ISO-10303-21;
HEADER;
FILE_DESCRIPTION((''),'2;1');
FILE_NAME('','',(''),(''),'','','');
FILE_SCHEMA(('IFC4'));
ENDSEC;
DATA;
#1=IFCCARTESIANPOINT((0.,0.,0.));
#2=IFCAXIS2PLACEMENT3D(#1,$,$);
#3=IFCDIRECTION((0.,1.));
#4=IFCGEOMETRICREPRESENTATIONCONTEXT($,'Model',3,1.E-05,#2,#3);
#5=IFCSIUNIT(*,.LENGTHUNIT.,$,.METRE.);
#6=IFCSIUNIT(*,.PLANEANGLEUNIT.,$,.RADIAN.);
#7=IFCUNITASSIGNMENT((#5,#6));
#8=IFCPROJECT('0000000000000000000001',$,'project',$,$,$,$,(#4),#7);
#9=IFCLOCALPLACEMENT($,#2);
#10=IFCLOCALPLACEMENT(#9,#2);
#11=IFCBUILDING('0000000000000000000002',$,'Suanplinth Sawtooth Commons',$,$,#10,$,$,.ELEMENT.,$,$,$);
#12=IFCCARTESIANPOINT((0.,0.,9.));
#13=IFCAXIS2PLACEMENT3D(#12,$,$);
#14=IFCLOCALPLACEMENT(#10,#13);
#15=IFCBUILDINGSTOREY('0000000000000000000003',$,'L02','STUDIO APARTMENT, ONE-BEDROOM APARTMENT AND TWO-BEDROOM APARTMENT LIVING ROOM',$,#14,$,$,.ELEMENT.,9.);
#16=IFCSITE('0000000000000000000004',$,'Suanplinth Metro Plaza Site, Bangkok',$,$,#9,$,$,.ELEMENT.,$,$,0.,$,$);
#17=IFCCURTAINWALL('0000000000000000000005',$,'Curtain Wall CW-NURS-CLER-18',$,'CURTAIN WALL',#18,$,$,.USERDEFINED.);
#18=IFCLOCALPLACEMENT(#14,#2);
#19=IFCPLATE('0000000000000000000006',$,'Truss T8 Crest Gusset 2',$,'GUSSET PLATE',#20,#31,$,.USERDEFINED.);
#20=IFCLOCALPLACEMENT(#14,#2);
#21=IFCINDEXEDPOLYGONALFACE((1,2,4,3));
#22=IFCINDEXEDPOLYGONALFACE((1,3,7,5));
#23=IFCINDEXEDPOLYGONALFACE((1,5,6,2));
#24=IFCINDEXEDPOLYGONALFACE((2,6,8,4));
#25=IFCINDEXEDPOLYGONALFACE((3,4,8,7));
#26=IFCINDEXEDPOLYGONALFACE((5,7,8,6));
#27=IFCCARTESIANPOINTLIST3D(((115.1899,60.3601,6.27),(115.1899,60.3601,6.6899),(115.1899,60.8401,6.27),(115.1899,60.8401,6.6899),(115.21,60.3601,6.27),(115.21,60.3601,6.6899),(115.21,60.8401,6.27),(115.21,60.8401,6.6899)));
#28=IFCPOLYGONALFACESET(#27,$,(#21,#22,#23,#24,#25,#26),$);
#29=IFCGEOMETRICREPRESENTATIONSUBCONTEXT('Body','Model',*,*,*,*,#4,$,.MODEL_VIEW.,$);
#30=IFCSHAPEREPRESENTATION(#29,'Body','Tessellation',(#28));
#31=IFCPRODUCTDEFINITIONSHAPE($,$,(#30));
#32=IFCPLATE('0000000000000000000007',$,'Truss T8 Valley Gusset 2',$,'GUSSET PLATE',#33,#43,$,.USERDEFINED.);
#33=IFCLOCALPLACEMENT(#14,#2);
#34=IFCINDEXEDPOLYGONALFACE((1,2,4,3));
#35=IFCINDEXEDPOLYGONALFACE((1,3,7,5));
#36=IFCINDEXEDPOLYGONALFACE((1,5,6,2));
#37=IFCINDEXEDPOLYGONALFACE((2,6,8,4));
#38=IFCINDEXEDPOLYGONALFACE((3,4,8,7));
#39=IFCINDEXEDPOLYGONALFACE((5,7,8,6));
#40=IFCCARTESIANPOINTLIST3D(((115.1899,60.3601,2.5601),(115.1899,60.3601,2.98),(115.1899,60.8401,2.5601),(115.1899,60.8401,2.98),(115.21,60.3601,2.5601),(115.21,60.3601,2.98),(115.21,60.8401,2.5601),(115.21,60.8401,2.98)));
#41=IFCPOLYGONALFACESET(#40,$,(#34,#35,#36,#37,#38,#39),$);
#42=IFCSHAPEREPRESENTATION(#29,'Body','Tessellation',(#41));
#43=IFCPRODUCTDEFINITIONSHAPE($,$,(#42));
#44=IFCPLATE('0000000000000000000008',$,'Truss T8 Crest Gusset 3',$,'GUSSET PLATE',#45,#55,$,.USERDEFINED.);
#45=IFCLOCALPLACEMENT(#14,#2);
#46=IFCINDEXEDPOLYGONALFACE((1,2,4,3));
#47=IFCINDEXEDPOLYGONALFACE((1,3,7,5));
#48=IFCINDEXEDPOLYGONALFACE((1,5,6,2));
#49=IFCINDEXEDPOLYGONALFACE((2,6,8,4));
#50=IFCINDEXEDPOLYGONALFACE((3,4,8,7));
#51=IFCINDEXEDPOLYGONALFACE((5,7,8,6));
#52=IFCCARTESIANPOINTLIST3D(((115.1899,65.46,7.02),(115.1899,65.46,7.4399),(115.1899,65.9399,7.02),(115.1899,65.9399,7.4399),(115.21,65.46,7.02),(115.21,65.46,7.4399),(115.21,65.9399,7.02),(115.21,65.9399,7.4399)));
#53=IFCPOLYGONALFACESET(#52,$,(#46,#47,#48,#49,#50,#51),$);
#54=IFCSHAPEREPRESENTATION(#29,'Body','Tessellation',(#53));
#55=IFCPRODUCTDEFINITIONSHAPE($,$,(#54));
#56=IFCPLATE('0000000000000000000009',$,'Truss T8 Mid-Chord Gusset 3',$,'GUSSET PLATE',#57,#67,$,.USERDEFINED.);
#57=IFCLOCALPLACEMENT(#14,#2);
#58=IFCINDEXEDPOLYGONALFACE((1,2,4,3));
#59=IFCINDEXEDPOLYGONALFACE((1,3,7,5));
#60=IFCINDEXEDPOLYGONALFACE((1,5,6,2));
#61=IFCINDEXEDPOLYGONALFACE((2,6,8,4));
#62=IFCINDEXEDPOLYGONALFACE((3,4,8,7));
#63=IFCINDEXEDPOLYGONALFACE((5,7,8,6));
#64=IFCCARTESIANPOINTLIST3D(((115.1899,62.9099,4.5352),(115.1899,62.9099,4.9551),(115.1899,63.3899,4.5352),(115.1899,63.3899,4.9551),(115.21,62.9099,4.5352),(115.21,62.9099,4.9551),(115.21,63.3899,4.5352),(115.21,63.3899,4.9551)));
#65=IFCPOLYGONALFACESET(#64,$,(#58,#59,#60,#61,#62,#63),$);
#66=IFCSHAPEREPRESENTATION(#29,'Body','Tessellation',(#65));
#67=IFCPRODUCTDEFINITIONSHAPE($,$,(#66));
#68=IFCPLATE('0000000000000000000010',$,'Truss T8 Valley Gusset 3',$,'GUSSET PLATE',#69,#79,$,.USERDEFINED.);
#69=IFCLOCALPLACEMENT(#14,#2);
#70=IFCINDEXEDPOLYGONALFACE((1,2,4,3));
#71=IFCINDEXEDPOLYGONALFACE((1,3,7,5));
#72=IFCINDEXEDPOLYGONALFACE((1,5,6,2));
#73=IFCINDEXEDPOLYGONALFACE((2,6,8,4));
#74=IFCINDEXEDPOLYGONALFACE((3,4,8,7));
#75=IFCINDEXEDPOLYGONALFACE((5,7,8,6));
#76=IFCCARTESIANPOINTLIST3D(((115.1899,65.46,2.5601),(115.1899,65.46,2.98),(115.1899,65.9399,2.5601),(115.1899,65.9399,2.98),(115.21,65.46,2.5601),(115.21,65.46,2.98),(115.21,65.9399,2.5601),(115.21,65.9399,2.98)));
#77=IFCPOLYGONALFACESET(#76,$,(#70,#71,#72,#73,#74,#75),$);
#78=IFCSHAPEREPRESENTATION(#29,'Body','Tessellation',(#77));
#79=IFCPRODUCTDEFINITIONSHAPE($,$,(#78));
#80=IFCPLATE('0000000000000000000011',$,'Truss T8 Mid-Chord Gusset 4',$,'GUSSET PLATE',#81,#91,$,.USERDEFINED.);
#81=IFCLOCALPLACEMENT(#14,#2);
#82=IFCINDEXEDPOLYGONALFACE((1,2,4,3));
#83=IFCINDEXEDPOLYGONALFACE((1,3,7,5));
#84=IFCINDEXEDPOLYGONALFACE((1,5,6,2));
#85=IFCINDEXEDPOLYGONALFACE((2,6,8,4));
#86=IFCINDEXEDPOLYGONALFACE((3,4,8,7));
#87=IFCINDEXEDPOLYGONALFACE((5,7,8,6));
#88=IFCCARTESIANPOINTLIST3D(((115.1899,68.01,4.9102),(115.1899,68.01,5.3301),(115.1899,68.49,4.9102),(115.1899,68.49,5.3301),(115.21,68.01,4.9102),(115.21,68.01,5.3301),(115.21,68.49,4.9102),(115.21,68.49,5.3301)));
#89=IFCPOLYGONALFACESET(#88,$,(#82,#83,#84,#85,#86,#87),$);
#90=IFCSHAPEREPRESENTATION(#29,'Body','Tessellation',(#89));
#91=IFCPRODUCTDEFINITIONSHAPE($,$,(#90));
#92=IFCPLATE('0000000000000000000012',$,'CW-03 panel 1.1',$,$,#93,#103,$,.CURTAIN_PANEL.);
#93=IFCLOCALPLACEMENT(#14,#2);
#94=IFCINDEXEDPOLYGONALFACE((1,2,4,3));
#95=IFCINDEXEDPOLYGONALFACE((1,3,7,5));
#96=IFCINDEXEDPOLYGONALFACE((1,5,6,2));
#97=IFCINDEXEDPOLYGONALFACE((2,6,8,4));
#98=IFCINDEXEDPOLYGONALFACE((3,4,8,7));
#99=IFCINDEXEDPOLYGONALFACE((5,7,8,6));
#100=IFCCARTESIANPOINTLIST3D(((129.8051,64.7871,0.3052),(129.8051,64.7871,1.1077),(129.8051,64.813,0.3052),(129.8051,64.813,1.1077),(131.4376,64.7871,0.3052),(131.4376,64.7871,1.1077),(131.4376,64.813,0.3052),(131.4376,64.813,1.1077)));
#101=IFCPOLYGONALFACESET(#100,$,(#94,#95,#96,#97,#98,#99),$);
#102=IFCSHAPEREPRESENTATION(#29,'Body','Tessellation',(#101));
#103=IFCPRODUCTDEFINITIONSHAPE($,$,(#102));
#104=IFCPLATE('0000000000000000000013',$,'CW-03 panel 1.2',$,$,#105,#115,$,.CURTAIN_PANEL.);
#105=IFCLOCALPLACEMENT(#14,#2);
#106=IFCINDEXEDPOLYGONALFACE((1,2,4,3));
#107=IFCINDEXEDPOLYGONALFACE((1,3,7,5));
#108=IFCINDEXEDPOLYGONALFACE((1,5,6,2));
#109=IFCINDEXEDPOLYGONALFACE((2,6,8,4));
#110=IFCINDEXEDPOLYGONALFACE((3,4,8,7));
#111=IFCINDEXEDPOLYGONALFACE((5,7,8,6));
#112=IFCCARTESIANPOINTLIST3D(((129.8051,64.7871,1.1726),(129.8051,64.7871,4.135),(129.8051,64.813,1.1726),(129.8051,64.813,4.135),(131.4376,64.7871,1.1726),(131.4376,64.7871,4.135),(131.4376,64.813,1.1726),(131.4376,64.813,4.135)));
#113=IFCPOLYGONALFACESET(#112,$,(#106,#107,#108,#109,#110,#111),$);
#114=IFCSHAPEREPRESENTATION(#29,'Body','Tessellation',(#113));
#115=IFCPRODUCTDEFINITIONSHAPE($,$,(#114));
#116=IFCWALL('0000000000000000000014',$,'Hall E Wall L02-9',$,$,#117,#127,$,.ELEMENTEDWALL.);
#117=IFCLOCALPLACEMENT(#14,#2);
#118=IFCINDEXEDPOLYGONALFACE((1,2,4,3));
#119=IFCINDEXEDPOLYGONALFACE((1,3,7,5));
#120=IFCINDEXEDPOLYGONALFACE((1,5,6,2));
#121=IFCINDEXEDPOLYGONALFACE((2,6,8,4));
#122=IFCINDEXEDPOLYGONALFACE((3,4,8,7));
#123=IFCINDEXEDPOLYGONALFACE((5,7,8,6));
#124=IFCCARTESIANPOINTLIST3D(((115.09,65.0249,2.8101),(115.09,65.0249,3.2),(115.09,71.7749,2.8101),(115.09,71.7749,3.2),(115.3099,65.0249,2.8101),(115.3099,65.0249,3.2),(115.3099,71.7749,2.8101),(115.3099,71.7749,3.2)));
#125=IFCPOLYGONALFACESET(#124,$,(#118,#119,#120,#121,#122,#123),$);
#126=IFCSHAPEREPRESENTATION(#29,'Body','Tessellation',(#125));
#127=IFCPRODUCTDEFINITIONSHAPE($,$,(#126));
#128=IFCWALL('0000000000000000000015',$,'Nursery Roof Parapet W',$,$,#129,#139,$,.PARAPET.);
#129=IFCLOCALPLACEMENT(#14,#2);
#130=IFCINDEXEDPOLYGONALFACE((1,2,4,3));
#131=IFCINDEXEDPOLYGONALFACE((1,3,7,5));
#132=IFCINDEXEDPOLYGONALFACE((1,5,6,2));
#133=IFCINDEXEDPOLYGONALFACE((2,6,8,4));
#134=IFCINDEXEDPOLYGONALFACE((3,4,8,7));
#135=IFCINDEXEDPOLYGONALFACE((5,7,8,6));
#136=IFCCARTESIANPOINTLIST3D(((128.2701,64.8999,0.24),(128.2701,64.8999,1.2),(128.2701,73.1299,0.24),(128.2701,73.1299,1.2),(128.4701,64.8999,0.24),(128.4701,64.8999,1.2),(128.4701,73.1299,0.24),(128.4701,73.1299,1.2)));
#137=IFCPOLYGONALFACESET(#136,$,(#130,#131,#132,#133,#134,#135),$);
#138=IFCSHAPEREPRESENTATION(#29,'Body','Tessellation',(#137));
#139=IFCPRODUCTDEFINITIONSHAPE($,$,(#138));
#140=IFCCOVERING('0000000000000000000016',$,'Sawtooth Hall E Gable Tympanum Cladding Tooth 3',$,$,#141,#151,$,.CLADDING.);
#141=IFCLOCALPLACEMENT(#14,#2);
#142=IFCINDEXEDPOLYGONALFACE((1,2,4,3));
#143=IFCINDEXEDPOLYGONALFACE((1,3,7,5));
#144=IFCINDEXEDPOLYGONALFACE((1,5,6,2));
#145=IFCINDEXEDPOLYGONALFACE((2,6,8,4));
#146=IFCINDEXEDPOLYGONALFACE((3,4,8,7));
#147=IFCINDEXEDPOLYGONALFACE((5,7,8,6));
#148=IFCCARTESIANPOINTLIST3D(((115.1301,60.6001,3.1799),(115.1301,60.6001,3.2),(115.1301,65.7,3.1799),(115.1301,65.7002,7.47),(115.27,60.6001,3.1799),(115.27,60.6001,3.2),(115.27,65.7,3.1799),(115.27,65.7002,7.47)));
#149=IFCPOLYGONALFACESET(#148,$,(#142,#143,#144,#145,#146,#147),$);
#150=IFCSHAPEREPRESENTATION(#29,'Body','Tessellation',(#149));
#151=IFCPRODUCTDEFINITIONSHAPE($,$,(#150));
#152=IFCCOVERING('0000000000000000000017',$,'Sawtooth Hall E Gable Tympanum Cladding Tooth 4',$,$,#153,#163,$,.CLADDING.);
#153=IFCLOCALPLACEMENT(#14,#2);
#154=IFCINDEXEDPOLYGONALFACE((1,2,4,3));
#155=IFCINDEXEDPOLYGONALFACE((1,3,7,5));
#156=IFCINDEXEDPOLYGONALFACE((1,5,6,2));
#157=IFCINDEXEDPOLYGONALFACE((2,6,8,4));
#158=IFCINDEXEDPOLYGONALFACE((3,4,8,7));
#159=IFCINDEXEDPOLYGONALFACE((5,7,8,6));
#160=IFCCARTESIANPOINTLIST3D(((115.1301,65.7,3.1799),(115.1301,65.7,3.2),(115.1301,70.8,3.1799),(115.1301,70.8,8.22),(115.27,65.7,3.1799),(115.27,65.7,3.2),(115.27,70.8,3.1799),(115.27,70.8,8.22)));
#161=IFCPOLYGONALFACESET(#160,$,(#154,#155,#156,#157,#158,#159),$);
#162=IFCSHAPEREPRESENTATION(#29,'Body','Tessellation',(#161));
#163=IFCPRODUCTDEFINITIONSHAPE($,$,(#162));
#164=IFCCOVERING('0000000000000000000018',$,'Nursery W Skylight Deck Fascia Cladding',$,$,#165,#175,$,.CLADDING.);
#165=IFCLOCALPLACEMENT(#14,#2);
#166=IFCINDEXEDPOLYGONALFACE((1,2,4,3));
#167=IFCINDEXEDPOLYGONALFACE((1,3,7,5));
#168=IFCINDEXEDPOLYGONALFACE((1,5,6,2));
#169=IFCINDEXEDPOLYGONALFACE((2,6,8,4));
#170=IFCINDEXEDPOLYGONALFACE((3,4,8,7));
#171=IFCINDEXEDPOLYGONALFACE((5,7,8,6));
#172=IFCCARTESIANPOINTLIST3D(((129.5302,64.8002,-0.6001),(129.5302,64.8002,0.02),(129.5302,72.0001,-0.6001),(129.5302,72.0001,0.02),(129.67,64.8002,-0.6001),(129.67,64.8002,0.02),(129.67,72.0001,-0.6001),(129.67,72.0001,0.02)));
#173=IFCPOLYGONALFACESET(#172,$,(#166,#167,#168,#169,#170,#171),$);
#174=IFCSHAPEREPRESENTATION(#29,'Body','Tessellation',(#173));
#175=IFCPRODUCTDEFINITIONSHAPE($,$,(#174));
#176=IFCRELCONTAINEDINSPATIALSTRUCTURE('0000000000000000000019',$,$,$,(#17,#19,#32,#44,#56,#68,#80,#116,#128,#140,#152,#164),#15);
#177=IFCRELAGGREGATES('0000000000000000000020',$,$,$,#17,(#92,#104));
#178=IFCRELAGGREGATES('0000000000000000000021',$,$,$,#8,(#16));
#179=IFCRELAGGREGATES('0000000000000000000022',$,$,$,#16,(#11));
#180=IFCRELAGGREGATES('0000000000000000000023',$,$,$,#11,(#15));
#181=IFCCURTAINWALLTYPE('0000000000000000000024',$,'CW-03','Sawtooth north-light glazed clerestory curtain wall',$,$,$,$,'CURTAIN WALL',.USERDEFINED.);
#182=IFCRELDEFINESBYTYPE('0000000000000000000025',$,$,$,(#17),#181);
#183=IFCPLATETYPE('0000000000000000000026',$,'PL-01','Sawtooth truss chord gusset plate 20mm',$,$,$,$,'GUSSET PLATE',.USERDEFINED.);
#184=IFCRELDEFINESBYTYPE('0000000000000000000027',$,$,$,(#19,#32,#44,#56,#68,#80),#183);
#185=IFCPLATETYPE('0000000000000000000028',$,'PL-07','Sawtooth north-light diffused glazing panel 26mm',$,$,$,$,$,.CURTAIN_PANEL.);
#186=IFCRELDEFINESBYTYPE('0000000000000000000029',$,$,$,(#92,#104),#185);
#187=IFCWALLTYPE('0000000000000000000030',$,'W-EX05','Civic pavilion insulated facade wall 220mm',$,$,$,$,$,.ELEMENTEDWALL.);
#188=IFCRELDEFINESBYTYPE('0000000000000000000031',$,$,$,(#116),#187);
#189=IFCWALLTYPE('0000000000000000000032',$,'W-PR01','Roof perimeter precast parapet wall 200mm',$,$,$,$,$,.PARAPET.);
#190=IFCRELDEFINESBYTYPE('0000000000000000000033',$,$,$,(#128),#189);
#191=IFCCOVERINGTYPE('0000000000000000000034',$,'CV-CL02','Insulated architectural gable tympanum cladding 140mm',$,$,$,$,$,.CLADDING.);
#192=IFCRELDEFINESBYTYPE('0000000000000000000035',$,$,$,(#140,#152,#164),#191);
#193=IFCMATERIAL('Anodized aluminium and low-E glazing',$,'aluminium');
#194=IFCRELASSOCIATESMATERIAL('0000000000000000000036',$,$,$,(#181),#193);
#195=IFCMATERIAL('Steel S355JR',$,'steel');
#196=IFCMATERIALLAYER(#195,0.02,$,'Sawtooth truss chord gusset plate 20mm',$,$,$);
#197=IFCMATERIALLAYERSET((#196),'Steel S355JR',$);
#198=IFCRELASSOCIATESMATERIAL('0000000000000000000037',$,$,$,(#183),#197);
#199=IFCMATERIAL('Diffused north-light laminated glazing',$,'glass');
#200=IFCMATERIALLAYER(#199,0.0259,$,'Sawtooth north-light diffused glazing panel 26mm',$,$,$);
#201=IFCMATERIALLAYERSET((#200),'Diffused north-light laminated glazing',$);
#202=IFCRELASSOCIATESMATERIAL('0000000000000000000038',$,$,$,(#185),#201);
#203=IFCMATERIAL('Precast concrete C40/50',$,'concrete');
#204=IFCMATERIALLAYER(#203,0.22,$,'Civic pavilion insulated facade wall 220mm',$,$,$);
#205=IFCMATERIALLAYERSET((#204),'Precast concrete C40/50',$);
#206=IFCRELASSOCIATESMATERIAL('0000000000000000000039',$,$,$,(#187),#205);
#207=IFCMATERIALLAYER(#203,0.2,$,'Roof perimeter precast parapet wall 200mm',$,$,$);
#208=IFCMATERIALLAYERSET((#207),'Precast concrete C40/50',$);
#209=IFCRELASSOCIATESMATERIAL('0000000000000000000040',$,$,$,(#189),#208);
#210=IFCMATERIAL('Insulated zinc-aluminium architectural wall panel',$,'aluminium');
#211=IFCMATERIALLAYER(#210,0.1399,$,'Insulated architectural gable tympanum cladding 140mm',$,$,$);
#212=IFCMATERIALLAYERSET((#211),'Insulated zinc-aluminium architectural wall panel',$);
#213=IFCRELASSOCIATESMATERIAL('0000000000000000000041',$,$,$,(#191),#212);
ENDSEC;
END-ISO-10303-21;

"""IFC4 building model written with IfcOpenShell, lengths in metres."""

from ifc_helpers import new_model, si_unit, direction, frame, frame_2d, origin, origin_2d, place, context, subcontext, project, spatial, polyline, rectangle, outline, extrude, material, layer, layer_set, type_object, element, aggregate, save


model = new_model("IFC4")

# Units and contexts
model_context = context("Model", 3, precision=1e-05, world=origin(), true_north=direction((0.0, 1.0)))
body_context = subcontext(model_context, "Body", "Model", "MODEL_VIEW")
ifc_project = project(units=[si_unit("LENGTHUNIT", "METRE"), si_unit("PLANEANGLEUNIT", "RADIAN")], contexts=[model_context])

# Site, building, storey
site_placement = place(None, origin())
site = spatial("IfcSite", under=ifc_project, at=site_placement, Name="Suanplinth Metro Plaza Site, Bangkok", CompositionType="ELEMENT", RefElevation=0.0)
building_placement = place(site_placement, origin())
building = spatial("IfcBuilding", under=site, at=building_placement, Name="Suanplinth Sawtooth Commons", CompositionType="ELEMENT")
storey_placement = place(building_placement, frame((0.0, 0.0, 9.0)))
storey = spatial("IfcBuildingStorey", under=building, at=storey_placement, Name="L02", Description="STUDIO APARTMENT, ONE-BEDROOM APARTMENT AND TWO-BEDROOM APARTMENT LIVING ROOM", CompositionType="ELEMENT", Elevation=9.0)

# Shared definitions
ifc_material_1 = material(Name="Steel S355JR", Category="steel")

# Curtain wall
ifc_material_2 = material(Name="Anodized aluminium and low-E glazing", Category="aluminium")
curtain_wall_type = type_object("IfcCurtainWallType", Name="CW-03", Description="Sawtooth north-light glazed clerestory curtain wall", ElementType="CURTAIN WALL", PredefinedType="USERDEFINED", material=ifc_material_2)
curtain_wall_placement = place(storey_placement, origin())
curtain_wall = element("IfcCurtainWall", 1, at=curtain_wall_placement, inside=storey, type_object=curtain_wall_type, Name="Curtain Wall CW-NURS-CLER-18", ObjectType="CURTAIN WALL", PredefinedType="USERDEFINED")

# Plates
ifc_layer_1 = layer(ifc_material_1, 0.02, Name="Sawtooth truss chord gusset plate 20mm")
ifc_layer_set_1 = layer_set([ifc_layer_1], Name="Steel S355JR")
plate_type_1 = type_object("IfcPlateType", Name="PL-01", Description="Sawtooth truss chord gusset plate 20mm", ElementType="GUSSET PLATE", PredefinedType="USERDEFINED", material=ifc_layer_set_1)
for number, where, z_axis, x_axis, name in (
    (2, (115.2, 60.6001, 6.27), (0.0, 0.0, 1.0), (1.0, 0.0, 0.0), "Truss T8 Crest Gusset 2"),
    (3, (115.2, 60.6001, 2.5601), (0.0, 0.0, 1.0), (1.0, 0.0, 0.0), "Truss T8 Valley Gusset 2"),
    (4, (115.2, 65.7, 7.02), (0.0, 0.0, 1.0), (1.0, 0.0, 0.0), "Truss T8 Crest Gusset 3"),
    (5, (115.2, 63.1499, 4.5352), (0.0, 0.0, 1.0), (1.0, 0.0, 0.0), "Truss T8 Mid-Chord Gusset 3"),
    (6, (115.2, 65.7, 2.5601), (0.0, 0.0, 1.0), (1.0, 0.0, 0.0), "Truss T8 Valley Gusset 3"),
    (7, (115.2, 68.25, 4.9102), (0.0, 0.0, 1.0), (1.0, 0.0, 0.0), "Truss T8 Mid-Chord Gusset 4"),
):
    element("IfcPlate", number, at=place(storey_placement, frame(where, z_axis=z_axis, x_axis=x_axis)), inside=storey, type_object=plate_type_1, Name=name, ObjectType="GUSSET PLATE", PredefinedType="USERDEFINED", context=body_context, shape_type="SweptSolid", body=[
        extrude(rectangle(XDim=0.02, YDim=0.48, at=origin_2d()), origin(), (0.0, 0.0, 1.0), 0.4199),
    ])

# Plates
ifc_material_3 = material(Name="Diffused north-light laminated glazing", Category="glass")
ifc_layer_2 = layer(ifc_material_3, 0.0259, Name="Sawtooth north-light diffused glazing panel 26mm")
ifc_layer_set_2 = layer_set([ifc_layer_2], Name="Diffused north-light laminated glazing")
plate_type_2 = type_object("IfcPlateType", Name="PL-07", Description="Sawtooth north-light diffused glazing panel 26mm", PredefinedType="CURTAIN_PANEL", material=ifc_layer_set_2)
plate_1_placement = place(storey_placement, frame((130.6213, 64.8, 0.3052), z_axis=(0.0, 0.0, 1.0), x_axis=(1.0, 0.0, 0.0)))
plate_1 = element("IfcPlate", 8, at=plate_1_placement, type_object=plate_type_2, Name="CW-03 panel 1.1", PredefinedType="CURTAIN_PANEL", context=body_context, shape_type="SweptSolid", body=[
    extrude(rectangle(XDim=1.6326, YDim=0.0259, at=origin_2d()), origin(), (0.0, 0.0, 1.0), 0.8025),
])
plate_2_placement = place(storey_placement, frame((130.6213, 64.8, 1.1726), z_axis=(0.0, 0.0, 1.0), x_axis=(1.0, 0.0, 0.0)))
plate_2 = element("IfcPlate", 9, at=plate_2_placement, type_object=plate_type_2, Name="CW-03 panel 1.2", PredefinedType="CURTAIN_PANEL", context=body_context, shape_type="SweptSolid", body=[
    extrude(rectangle(XDim=1.6326, YDim=0.0259, at=origin_2d()), origin(), (0.0, 0.0, 1.0), 2.9624),
])
aggregate(curtain_wall, [plate_1, plate_2])

# Walls
ifc_material_4 = material(Name="Precast concrete C40/50", Category="concrete")
ifc_layer_3 = layer(ifc_material_4, 0.22, Name="Civic pavilion insulated facade wall 220mm")
ifc_layer_set_3 = layer_set([ifc_layer_3], Name="Precast concrete C40/50")
wall_type_1 = type_object("IfcWallType", Name="W-EX05", Description="Civic pavilion insulated facade wall 220mm", PredefinedType="ELEMENTEDWALL", material=ifc_layer_set_3)
wall_1_placement = place(storey_placement, frame((115.2, 65.0249, 2.8101), z_axis=(0.0, 0.0, 1.0), x_axis=(0.0, 1.0, 0.0)))
element("IfcWall", 10, at=wall_1_placement, inside=storey, type_object=wall_type_1, Name="Hall E Wall L02-9", PredefinedType="ELEMENTEDWALL", context=body_context, shape_type="SweptSolid", body=[
    extrude(rectangle(XDim=6.75, YDim=0.22, at=frame_2d((3.375, 0.0))), origin(), (0.0, 0.0, 1.0), 0.3899),
])
ifc_layer_4 = layer(ifc_material_4, 0.2, Name="Roof perimeter precast parapet wall 200mm")
ifc_layer_set_4 = layer_set([ifc_layer_4], Name="Precast concrete C40/50")
wall_type_2 = type_object("IfcWallType", Name="W-PR01", Description="Roof perimeter precast parapet wall 200mm", PredefinedType="PARAPET", material=ifc_layer_set_4)
wall_2_placement = place(storey_placement, frame((128.3701, 64.8999, 0.24), z_axis=(0.0, 0.0, 1.0), x_axis=(0.0, 1.0, 0.0)))
element("IfcWall", 11, at=wall_2_placement, inside=storey, type_object=wall_type_2, Name="Nursery Roof Parapet W", PredefinedType="PARAPET", context=body_context, shape_type="SweptSolid", body=[
    extrude(rectangle(XDim=8.23, YDim=0.2, at=frame_2d((4.115, 0.0))), origin(), (0.0, 0.0, 1.0), 0.96),
])

# Coverings
ifc_material_5 = material(Name="Insulated zinc-aluminium architectural wall panel", Category="aluminium")
ifc_layer_5 = layer(ifc_material_5, 0.1399, Name="Insulated architectural gable tympanum cladding 140mm")
ifc_layer_set_5 = layer_set([ifc_layer_5], Name="Insulated zinc-aluminium architectural wall panel")
covering_type = type_object("IfcCoveringType", Name="CV-CL02", Description="Insulated architectural gable tympanum cladding 140mm", PredefinedType="CLADDING", material=ifc_layer_set_5)
covering_1_placement = place(storey_placement, frame((115.2, 60.6001, 3.1799), z_axis=(0.0, 0.0, 1.0), x_axis=(0.0, 1.0, 0.0)))
element("IfcCovering", 12, at=covering_1_placement, inside=storey, type_object=covering_type, Name="Sawtooth Hall E Gable Tympanum Cladding Tooth 3", PredefinedType="CLADDING", context=body_context, shape_type="SweptSolid", body=[
    extrude(outline(polyline([(0.0, 0.0), (5.0999, 0.0), (5.1001, 4.29), (0.0, 0.02), (0.0, 0.0)])), frame((0.0, 0.0698, 0.0), z_axis=(0.0, -1.0, 0.0), x_axis=(1.0, 0.0, 0.0)), (0.0, 0.0, 1.0), 0.1399),
])
covering_2_placement = place(storey_placement, frame((115.2, 65.7, 3.1799), z_axis=(0.0, 0.0, 1.0), x_axis=(0.0, 1.0, 0.0)))
element("IfcCovering", 13, at=covering_2_placement, inside=storey, type_object=covering_type, Name="Sawtooth Hall E Gable Tympanum Cladding Tooth 4", PredefinedType="CLADDING", context=body_context, shape_type="SweptSolid", body=[
    extrude(outline(polyline([(0.0, 0.0), (5.1001, 0.0), (5.1001, 5.04), (0.0, 0.02), (0.0, 0.0)])), frame((0.0, 0.0698, 0.0), z_axis=(0.0, -1.0, 0.0), x_axis=(1.0, 0.0, 0.0)), (0.0, 0.0, 1.0), 0.1399),
])
covering_3_placement = place(storey_placement, frame((129.6001, 64.8, -0.6001), z_axis=(0.0, 0.0, 1.0), x_axis=(0.0, 1.0, 0.0)))
element("IfcCovering", 14, at=covering_3_placement, inside=storey, type_object=covering_type, Name="Nursery W Skylight Deck Fascia Cladding", PredefinedType="CLADDING", context=body_context, shape_type="SweptSolid", body=[
    extrude(rectangle(XDim=7.2, YDim=0.1399, at=frame_2d((3.6001, 0.0))), origin(), (0.0, 0.0, 1.0), 0.6201),
])

save(model, "model.ifc")
